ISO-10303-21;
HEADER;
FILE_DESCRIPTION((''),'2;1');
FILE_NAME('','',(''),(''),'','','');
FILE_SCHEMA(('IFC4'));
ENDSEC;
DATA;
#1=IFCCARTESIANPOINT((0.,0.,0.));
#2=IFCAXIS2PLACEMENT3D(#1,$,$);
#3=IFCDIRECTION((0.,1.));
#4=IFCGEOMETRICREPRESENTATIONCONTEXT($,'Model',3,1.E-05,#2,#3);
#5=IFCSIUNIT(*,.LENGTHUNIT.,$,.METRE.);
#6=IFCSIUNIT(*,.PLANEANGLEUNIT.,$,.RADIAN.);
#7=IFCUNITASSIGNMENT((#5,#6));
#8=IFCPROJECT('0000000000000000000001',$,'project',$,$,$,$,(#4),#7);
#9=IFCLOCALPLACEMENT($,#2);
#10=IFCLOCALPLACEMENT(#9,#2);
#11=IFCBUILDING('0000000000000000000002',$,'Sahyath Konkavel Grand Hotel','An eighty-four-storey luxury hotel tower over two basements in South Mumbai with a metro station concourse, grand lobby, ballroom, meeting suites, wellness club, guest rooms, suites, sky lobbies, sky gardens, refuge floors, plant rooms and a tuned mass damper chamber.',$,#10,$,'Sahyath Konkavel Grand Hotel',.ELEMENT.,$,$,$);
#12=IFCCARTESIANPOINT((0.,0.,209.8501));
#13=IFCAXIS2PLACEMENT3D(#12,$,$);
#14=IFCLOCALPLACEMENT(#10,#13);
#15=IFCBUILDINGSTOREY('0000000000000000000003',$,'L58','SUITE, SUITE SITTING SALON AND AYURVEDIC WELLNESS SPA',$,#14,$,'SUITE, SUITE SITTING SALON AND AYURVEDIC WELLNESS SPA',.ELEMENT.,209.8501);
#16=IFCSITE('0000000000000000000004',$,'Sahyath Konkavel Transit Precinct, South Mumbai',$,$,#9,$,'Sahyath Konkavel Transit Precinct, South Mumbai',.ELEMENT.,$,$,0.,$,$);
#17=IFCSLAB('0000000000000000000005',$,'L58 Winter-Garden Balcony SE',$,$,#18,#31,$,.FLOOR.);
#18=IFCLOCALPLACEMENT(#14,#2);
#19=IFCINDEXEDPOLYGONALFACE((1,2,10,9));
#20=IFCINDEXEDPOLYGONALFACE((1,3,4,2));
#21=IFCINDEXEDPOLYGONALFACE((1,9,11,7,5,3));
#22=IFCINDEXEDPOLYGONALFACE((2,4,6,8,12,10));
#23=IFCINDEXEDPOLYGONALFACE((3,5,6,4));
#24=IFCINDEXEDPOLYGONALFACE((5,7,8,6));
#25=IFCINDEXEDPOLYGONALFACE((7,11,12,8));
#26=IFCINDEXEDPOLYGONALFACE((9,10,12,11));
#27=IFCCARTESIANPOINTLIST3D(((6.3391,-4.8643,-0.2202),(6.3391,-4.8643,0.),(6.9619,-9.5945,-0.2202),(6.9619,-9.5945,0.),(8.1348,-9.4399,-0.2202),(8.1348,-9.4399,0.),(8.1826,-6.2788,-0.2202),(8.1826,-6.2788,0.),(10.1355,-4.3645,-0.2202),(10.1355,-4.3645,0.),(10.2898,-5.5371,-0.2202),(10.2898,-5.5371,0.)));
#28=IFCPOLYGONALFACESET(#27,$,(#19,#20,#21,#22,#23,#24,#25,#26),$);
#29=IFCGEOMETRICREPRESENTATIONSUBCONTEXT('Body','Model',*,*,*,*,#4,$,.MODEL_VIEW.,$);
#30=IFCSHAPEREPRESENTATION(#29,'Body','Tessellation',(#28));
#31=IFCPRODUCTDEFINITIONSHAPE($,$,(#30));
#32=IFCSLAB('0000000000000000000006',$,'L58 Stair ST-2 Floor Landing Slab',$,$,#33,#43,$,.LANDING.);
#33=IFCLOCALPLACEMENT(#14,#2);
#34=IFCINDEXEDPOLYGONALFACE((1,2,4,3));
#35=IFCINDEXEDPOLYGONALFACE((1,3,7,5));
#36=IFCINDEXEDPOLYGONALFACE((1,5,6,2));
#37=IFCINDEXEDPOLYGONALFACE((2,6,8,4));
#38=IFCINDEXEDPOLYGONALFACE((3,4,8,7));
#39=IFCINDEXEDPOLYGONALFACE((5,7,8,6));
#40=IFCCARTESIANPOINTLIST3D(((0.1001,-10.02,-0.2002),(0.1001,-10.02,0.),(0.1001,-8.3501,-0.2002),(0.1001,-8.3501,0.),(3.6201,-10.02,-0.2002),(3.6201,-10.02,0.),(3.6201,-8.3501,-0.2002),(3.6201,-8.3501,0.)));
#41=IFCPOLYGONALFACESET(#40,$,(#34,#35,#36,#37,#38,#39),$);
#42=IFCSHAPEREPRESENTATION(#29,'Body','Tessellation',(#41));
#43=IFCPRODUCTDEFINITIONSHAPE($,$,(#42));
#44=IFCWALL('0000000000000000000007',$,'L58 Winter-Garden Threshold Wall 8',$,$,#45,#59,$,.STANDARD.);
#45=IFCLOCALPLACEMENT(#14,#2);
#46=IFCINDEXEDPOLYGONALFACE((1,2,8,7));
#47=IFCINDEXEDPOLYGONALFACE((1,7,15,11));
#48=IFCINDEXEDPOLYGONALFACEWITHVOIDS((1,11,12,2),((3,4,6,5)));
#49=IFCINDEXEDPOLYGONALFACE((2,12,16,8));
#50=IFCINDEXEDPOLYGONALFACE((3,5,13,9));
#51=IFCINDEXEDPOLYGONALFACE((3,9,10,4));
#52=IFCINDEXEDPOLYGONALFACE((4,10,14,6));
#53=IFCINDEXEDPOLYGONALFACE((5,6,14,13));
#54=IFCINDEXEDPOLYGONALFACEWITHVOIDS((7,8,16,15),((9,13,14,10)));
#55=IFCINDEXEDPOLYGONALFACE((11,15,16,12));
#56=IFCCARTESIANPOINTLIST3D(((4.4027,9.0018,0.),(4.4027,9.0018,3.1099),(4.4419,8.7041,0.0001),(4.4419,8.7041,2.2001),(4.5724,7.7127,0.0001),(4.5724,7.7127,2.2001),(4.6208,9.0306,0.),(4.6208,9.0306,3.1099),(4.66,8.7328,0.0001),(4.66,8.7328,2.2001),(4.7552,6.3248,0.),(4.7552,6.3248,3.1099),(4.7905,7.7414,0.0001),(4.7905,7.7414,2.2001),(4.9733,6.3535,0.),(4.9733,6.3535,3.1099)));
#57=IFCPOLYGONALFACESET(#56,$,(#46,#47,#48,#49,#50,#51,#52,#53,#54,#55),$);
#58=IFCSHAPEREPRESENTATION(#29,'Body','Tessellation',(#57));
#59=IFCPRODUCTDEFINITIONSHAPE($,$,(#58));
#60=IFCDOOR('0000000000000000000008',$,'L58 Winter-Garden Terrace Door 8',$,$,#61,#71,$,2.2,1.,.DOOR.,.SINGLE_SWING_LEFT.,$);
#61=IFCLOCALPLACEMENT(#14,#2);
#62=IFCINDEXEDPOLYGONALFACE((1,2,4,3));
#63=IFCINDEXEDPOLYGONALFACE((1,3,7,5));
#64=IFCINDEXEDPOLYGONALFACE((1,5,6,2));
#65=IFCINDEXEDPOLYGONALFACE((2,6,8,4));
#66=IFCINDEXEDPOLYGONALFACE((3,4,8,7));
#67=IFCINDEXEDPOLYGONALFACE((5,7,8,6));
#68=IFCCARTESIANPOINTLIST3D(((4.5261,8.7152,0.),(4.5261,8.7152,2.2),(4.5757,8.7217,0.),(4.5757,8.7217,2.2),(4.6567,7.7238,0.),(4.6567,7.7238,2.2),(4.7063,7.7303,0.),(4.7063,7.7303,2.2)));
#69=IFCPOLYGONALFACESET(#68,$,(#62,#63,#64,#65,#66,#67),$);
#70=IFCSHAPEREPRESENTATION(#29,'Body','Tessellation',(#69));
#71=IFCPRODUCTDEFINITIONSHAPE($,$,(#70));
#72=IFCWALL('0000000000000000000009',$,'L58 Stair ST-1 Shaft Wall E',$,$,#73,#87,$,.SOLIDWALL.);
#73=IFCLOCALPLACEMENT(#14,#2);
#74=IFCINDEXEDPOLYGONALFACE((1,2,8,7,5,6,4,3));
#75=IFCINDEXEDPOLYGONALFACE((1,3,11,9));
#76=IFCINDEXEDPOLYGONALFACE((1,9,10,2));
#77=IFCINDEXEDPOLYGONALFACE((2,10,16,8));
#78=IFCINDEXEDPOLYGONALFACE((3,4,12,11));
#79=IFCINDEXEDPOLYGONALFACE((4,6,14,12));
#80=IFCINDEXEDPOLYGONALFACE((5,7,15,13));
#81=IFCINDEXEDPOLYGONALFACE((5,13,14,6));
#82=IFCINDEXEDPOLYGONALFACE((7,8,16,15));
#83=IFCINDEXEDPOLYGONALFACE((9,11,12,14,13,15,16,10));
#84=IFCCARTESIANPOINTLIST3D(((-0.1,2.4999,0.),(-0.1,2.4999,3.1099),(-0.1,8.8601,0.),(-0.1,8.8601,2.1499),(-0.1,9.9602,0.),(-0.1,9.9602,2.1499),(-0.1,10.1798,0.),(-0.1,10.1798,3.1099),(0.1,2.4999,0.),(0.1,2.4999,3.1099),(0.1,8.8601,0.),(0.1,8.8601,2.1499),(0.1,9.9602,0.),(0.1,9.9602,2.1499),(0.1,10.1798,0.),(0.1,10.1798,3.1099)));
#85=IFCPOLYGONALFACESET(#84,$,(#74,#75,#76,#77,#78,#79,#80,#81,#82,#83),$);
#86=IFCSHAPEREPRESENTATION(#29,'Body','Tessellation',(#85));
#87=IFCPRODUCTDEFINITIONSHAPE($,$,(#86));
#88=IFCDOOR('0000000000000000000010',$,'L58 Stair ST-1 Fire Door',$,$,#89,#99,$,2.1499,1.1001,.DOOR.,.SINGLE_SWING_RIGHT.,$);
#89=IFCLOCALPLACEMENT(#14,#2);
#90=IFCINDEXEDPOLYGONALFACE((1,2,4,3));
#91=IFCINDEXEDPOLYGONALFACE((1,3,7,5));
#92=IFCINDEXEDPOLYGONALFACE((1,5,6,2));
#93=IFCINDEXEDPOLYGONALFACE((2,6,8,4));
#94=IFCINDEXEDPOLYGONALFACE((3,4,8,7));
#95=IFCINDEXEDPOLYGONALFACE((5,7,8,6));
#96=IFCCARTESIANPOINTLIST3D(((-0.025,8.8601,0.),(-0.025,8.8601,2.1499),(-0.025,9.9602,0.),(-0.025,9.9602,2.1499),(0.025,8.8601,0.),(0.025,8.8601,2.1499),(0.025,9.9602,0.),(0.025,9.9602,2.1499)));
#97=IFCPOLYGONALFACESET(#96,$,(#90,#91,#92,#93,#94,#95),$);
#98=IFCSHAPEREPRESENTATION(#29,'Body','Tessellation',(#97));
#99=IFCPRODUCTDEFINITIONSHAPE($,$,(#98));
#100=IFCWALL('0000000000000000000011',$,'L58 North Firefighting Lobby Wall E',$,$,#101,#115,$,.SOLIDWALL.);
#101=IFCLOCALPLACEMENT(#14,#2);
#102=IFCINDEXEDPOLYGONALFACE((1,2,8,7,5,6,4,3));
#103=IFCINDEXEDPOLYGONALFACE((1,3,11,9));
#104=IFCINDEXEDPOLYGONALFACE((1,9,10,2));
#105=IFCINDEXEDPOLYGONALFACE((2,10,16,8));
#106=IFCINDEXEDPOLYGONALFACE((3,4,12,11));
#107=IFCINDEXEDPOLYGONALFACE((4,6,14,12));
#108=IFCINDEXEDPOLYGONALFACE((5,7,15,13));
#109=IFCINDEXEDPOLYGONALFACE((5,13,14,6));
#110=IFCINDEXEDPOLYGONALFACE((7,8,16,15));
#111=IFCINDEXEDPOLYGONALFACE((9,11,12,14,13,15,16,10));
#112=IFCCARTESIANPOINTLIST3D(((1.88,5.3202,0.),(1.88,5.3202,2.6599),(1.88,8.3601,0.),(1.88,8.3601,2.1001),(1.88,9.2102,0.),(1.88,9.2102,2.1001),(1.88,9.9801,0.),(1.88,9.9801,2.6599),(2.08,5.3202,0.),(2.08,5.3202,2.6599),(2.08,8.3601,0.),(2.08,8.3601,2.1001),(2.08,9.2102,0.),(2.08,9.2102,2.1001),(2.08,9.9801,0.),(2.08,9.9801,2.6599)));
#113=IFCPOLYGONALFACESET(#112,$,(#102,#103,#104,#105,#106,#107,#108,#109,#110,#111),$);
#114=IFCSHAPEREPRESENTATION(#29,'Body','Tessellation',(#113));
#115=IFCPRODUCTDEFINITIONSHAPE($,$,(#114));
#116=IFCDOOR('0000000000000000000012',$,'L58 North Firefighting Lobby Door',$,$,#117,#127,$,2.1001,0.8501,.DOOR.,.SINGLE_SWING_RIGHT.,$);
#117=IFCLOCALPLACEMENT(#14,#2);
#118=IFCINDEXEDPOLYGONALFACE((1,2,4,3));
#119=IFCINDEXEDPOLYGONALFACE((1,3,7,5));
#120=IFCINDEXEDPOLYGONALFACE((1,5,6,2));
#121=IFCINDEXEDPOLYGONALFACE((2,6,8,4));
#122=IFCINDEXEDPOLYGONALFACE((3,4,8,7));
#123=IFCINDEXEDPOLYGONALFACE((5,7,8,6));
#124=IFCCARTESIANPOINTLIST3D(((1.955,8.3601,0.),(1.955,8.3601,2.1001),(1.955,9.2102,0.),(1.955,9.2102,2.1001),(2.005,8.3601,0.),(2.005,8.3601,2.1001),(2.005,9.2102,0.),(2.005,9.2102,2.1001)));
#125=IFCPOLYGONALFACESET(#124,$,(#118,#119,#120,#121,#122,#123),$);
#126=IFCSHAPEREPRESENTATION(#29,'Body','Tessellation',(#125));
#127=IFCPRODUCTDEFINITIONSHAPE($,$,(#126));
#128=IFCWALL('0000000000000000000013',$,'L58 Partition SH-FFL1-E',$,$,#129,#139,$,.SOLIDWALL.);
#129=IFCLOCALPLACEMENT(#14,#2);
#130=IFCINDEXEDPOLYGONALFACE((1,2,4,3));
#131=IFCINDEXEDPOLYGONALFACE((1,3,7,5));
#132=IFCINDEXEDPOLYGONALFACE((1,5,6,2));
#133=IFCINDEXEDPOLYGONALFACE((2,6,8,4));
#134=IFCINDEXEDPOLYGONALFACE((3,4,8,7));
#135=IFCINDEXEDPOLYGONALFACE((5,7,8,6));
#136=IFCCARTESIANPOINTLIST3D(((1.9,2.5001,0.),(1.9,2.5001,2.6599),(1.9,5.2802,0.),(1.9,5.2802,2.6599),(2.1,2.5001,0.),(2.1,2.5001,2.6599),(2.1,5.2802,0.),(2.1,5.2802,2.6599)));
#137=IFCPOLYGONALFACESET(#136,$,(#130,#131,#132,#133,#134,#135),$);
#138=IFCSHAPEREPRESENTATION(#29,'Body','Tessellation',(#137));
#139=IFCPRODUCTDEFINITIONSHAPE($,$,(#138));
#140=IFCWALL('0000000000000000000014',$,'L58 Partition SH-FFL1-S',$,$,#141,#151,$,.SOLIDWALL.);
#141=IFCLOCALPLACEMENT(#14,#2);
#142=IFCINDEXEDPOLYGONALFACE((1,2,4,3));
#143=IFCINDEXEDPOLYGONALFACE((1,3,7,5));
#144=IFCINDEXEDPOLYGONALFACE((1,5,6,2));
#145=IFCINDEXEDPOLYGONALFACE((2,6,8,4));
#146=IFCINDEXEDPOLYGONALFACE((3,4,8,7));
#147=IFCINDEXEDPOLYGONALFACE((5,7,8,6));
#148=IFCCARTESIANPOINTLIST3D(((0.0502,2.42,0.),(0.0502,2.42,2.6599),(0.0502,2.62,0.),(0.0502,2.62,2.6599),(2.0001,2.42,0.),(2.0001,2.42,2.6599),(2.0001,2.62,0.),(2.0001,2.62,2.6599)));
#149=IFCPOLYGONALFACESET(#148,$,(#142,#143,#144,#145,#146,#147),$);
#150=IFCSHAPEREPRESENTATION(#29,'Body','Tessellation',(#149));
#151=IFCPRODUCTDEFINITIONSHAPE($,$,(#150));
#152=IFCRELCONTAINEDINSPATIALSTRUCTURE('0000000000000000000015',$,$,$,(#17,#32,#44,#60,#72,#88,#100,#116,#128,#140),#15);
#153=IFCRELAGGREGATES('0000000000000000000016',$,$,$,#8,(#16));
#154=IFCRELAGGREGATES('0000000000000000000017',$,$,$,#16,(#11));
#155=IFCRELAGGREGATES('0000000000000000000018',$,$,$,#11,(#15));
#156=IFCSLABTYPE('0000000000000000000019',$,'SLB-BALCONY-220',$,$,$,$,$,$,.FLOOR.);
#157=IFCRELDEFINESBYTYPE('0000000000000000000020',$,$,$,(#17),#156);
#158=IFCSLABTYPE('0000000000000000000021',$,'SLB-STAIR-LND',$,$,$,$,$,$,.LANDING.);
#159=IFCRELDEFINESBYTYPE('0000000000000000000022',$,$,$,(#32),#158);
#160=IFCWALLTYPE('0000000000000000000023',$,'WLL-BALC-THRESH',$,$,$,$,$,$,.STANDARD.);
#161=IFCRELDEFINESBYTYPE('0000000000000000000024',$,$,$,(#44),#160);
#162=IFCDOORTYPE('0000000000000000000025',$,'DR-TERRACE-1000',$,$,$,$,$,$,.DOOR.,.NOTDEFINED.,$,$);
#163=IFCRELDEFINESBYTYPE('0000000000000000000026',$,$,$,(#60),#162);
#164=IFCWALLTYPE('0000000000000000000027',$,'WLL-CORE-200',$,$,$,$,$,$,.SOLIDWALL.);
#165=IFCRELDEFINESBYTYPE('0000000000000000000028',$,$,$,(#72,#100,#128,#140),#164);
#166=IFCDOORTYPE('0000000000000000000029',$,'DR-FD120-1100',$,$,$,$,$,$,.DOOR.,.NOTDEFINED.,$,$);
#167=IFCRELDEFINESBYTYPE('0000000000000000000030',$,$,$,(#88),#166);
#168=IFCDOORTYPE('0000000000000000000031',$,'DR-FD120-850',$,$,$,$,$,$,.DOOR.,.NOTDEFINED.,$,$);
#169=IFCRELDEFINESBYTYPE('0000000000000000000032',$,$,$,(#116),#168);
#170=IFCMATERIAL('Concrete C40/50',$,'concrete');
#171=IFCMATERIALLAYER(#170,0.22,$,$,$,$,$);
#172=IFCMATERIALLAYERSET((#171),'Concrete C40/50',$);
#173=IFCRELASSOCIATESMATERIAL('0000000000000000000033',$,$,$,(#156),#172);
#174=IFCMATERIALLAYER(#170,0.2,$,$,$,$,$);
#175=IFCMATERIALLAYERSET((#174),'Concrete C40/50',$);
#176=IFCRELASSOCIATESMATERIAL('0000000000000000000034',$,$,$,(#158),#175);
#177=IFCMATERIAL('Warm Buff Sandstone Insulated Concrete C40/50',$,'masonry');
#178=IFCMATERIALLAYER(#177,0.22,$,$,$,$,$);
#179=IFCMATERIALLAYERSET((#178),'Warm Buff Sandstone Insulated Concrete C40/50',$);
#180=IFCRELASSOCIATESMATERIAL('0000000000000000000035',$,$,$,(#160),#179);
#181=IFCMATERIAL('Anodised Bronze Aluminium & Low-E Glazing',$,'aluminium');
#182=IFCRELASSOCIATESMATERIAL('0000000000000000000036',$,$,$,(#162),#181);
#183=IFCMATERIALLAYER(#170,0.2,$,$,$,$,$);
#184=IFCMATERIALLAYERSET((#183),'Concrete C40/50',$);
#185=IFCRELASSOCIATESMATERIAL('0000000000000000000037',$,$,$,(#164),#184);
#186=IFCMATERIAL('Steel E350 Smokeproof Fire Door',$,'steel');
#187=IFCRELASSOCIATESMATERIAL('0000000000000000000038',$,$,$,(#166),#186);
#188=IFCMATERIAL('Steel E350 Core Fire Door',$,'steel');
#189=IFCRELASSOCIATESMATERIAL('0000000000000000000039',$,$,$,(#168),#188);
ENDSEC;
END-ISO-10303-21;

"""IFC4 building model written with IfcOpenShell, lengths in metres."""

from ifc_helpers import new_model, si_unit, direction, frame, frame_2d, origin, origin_2d, place, context, subcontext, project, spatial, polyline, rectangle, outline, extrude, source, transform, mapped, material, layer, layer_set, type_object, element, fill, save


model = new_model("IFC4")

# Units and contexts
model_context = context("Model", 3, precision=1e-05, world=origin(), true_north=direction((0.0, 1.0)))
body_context = subcontext(model_context, "Body", "Model", "MODEL_VIEW")
ifc_project = project(units=[si_unit("LENGTHUNIT", "METRE"), si_unit("PLANEANGLEUNIT", "RADIAN")], contexts=[model_context])

# Site, building, storey
site_placement = place(None, origin())
site = spatial("IfcSite", under=ifc_project, at=site_placement, Name="Sahyath Konkavel Transit Precinct, South Mumbai", LongName="Sahyath Konkavel Transit Precinct, South Mumbai", CompositionType="ELEMENT", RefElevation=0.0)
building_placement = place(site_placement, origin())
building = spatial("IfcBuilding", under=site, at=building_placement, Name="Sahyath Konkavel Grand Hotel", Description="An eighty-four-storey luxury hotel tower over two basements in South Mumbai with a metro station concourse, grand lobby, ballroom, meeting suites, wellness club, guest rooms, suites, sky lobbies, sky gardens, refuge floors, plant rooms and a tuned mass damper chamber.", LongName="Sahyath Konkavel Grand Hotel", CompositionType="ELEMENT")
storey_placement = place(building_placement, frame((0.0, 0.0, 209.8501)))
storey = spatial("IfcBuildingStorey", under=building, at=storey_placement, Name="L58", Description="SUITE, SUITE SITTING SALON AND AYURVEDIC WELLNESS SPA", LongName="SUITE, SUITE SITTING SALON AND AYURVEDIC WELLNESS SPA", CompositionType="ELEMENT", Elevation=209.8501)

# Shared definitions
ifc_material_1 = material(Name="Anodised Bronze Aluminium & Low-E Glazing", Category="aluminium")

# Slabs
ifc_material_2 = material(Name="Concrete C40/50", Category="concrete")
ifc_layer_1 = layer(ifc_material_2, 0.22)
ifc_layer_set_1 = layer_set([ifc_layer_1], Name="Concrete C40/50")
slab_type_1 = type_object("IfcSlabType", Name="SLB-BALCONY-220", PredefinedType="FLOOR", material=ifc_layer_set_1)
slab_1_placement = place(storey_placement, frame((0.0, 0.0, -0.2202)))
element("IfcSlab", 1, at=slab_1_placement, inside=storey, type_object=slab_type_1, Name="L58 Winter-Garden Balcony SE", PredefinedType="FLOOR", context=body_context, shape_type="SweptSolid", body=[
    extrude(outline(polyline([(6.3391, -4.8643), (6.9619, -9.5945), (8.1348, -9.4399), (8.1826, -6.2788), (10.2898, -5.5371), (10.1355, -4.3645), (6.3391, -4.8643)])), origin(), (0.0, 0.0, 1.0), 0.2202),
])
ifc_layer_2 = layer(ifc_material_2, 0.2)
ifc_layer_set_2 = layer_set([ifc_layer_2], Name="Concrete C40/50")
slab_type_2 = type_object("IfcSlabType", Name="SLB-STAIR-LND", PredefinedType="LANDING", material=ifc_layer_set_2)
slab_2_placement = place(storey_placement, frame((0.0, 0.0, -0.2002)))
element("IfcSlab", 2, at=slab_2_placement, inside=storey, type_object=slab_type_2, Name="L58 Stair ST-2 Floor Landing Slab", PredefinedType="LANDING", context=body_context, shape_type="SweptSolid", body=[
    extrude(outline(polyline([(0.1001, -10.02), (3.6201, -10.02), (3.6201, -8.3501), (0.1001, -8.3501), (0.1001, -10.02)])), origin(), (0.0, 0.0, 1.0), 0.2002),
])

# Walls, openings, doors
ifc_material_3 = material(Name="Warm Buff Sandstone Insulated Concrete C40/50", Category="masonry")
ifc_layer_3 = layer(ifc_material_3, 0.22)
ifc_layer_set_3 = layer_set([ifc_layer_3], Name="Warm Buff Sandstone Insulated Concrete C40/50")
wall_type_1 = type_object("IfcWallType", Name="WLL-BALC-THRESH", PredefinedType="STANDARD", material=ifc_layer_set_3)
wall_1_placement = place(storey_placement, frame((4.8643, 6.3391, 0.0), z_axis=(0.0, 0.0, 1.0), x_axis=(-0.130564, 0.99144, 0.0)))
wall_1 = element("IfcWall", 3, at=wall_1_placement, inside=storey, type_object=wall_type_1, Name="L58 Winter-Garden Threshold Wall 8", PredefinedType="STANDARD", context=body_context, shape_type="SweptSolid", body=[
    extrude(rectangle(XDim=2.7002, YDim=0.22, at=frame_2d((1.3501, 0.0))), origin(), (0.0, 0.0, 1.0), 3.1099),
])
opening_1_placement = place(wall_1_placement, frame((1.3999, 0.0, 0.0)))
opening_1 = element("IfcOpeningElement", 4, at=opening_1_placement, cuts=wall_1, PredefinedType="OPENING", context=body_context, shape_type="SweptSolid", body=[
    extrude(rectangle(XDim=1.0, YDim=2.2, at=frame_2d((0.5, 1.1001))), frame((0.0, 0.1201, 0.0), z_axis=(0.0, -1.0, 0.0), x_axis=(1.0, 0.0, 0.0)), (0.0, 0.0, 1.0), 0.24),
])
door_type_1 = type_object("IfcDoorType", Name="DR-TERRACE-1000", OperationType="NOTDEFINED", PredefinedType="DOOR", material=ifc_material_1)
shared_shape_1 = source(origin(), body_context, "Body", "SweptSolid", [
    extrude(rectangle(XDim=1.0, YDim=0.05, at=origin_2d()), origin(), (0.0, 0.0, 1.0), 2.2),
])
door_1_placement = place(opening_1_placement, frame((0.5, 0.0, 0.0)))
door_1 = element("IfcDoor", 5, at=door_1_placement, inside=storey, type_object=door_type_1, Name="L58 Winter-Garden Terrace Door 8", OperationType="SINGLE_SWING_LEFT", OverallHeight=2.2, OverallWidth=1.0, PredefinedType="DOOR", context=body_context, shape_type="MappedRepresentation", body=[
    mapped(shared_shape_1, transform((0.0, 0.0, 0.0), scale=1.0)),
])
fill(opening_1, door_1)
ifc_layer_4 = layer(ifc_material_2, 0.2)
ifc_layer_set_4 = layer_set([ifc_layer_4], Name="Concrete C40/50")
wall_type_2 = type_object("IfcWallType", Name="WLL-CORE-200", PredefinedType="SOLIDWALL", material=ifc_layer_set_4)
wall_2_placement = place(storey_placement, frame((0.0, 2.5, 0.0), z_axis=(0.0, 0.0, 1.0), x_axis=(0.0, 1.0, 0.0)))
wall_2 = element("IfcWall", 6, at=wall_2_placement, inside=storey, type_object=wall_type_2, Name="L58 Stair ST-1 Shaft Wall E", PredefinedType="SOLIDWALL", context=body_context, shape_type="SweptSolid", body=[
    extrude(rectangle(XDim=7.6799, YDim=0.2, at=frame_2d((3.8398, 0.0))), origin(), (0.0, 0.0, 1.0), 3.1099),
])
opening_2_placement = place(wall_2_placement, frame((6.3601, 0.0, 0.0)))
opening_2 = element("IfcOpeningElement", 7, at=opening_2_placement, cuts=wall_2, PredefinedType="OPENING", context=body_context, shape_type="SweptSolid", body=[
    extrude(rectangle(XDim=1.1001, YDim=2.1499, at=frame_2d((0.55, 1.075))), frame((0.0, 0.1099, 0.0), z_axis=(0.0, -1.0, 0.0), x_axis=(1.0, 0.0, 0.0)), (0.0, 0.0, 1.0), 0.22),
])
ifc_material_4 = material(Name="Steel E350 Smokeproof Fire Door", Category="steel")
door_type_2 = type_object("IfcDoorType", Name="DR-FD120-1100", OperationType="NOTDEFINED", PredefinedType="DOOR", material=ifc_material_4)
shared_shape_2 = source(origin(), body_context, "Body", "SweptSolid", [
    extrude(rectangle(XDim=1.1001, YDim=0.05, at=origin_2d()), origin(), (0.0, 0.0, 1.0), 2.1499),
])
door_2_placement = place(opening_2_placement, frame((0.55, 0.0, 0.0)))
door_2 = element("IfcDoor", 8, at=door_2_placement, inside=storey, type_object=door_type_2, Name="L58 Stair ST-1 Fire Door", OperationType="SINGLE_SWING_RIGHT", OverallHeight=2.1499, OverallWidth=1.1001, PredefinedType="DOOR", context=body_context, shape_type="MappedRepresentation", body=[
    mapped(shared_shape_2, transform((0.0, 0.0, 0.0), scale=1.0)),
])
fill(opening_2, door_2)
wall_3_placement = place(storey_placement, frame((1.98, 5.3201, 0.0), z_axis=(0.0, 0.0, 1.0), x_axis=(0.0, 1.0, 0.0)))
wall_3 = element("IfcWall", 9, at=wall_3_placement, inside=storey, type_object=wall_type_2, Name="L58 North Firefighting Lobby Wall E", PredefinedType="SOLIDWALL", context=body_context, shape_type="SweptSolid", body=[
    extrude(rectangle(XDim=4.6599, YDim=0.2, at=frame_2d((2.3301, 0.0))), origin(), (0.0, 0.0, 1.0), 2.6599),
])
opening_3_placement = place(wall_3_placement, frame((3.04, 0.0, 0.0)))
opening_3 = element("IfcOpeningElement", 10, at=opening_3_placement, cuts=wall_3, PredefinedType="OPENING", context=body_context, shape_type="SweptSolid", body=[
    extrude(rectangle(XDim=0.8501, YDim=2.1001, at=frame_2d((0.425, 1.05))), frame((0.0, 0.1099, 0.0), z_axis=(0.0, -1.0, 0.0), x_axis=(1.0, 0.0, 0.0)), (0.0, 0.0, 1.0), 0.22),
])
ifc_material_5 = material(Name="Steel E350 Core Fire Door", Category="steel")
door_type_3 = type_object("IfcDoorType", Name="DR-FD120-850", OperationType="NOTDEFINED", PredefinedType="DOOR", material=ifc_material_5)
shared_shape_3 = source(origin(), body_context, "Body", "SweptSolid", [
    extrude(rectangle(XDim=0.8501, YDim=0.05, at=origin_2d()), origin(), (0.0, 0.0, 1.0), 2.1001),
])
door_3_placement = place(opening_3_placement, frame((0.425, 0.0, 0.0)))
door_3 = element("IfcDoor", 11, at=door_3_placement, inside=storey, type_object=door_type_3, Name="L58 North Firefighting Lobby Door", OperationType="SINGLE_SWING_RIGHT", OverallHeight=2.1001, OverallWidth=0.8501, PredefinedType="DOOR", context=body_context, shape_type="MappedRepresentation", body=[
    mapped(shared_shape_3, transform((0.0, 0.0, 0.0), scale=1.0)),
])
fill(opening_3, door_3)

# Walls
wall_4_placement = place(storey_placement, frame((2.0, 2.5, 0.0), z_axis=(0.0, 0.0, 1.0), x_axis=(0.0, 1.0, 0.0)))
element("IfcWall", 12, at=wall_4_placement, inside=storey, type_object=wall_type_2, Name="L58 Partition SH-FFL1-E", PredefinedType="SOLIDWALL", context=body_context, shape_type="SweptSolid", body=[
    extrude(rectangle(XDim=2.78, YDim=0.2, at=frame_2d((1.3901, 0.0))), origin(), (0.0, 0.0, 1.0), 2.6599),
])
wall_5_placement = place(storey_placement, frame((0.05, 2.52, 0.0), z_axis=(0.0, 0.0, 1.0), x_axis=(1.0, 0.0, 0.0)))
element("IfcWall", 13, at=wall_5_placement, inside=storey, type_object=wall_type_2, Name="L58 Partition SH-FFL1-S", PredefinedType="SOLIDWALL", context=body_context, shape_type="SweptSolid", body=[
    extrude(rectangle(XDim=1.95, YDim=0.2, at=frame_2d((0.9751, 0.0))), origin(), (0.0, 0.0, 1.0), 2.6599),
])

save(model, "model.ifc")
